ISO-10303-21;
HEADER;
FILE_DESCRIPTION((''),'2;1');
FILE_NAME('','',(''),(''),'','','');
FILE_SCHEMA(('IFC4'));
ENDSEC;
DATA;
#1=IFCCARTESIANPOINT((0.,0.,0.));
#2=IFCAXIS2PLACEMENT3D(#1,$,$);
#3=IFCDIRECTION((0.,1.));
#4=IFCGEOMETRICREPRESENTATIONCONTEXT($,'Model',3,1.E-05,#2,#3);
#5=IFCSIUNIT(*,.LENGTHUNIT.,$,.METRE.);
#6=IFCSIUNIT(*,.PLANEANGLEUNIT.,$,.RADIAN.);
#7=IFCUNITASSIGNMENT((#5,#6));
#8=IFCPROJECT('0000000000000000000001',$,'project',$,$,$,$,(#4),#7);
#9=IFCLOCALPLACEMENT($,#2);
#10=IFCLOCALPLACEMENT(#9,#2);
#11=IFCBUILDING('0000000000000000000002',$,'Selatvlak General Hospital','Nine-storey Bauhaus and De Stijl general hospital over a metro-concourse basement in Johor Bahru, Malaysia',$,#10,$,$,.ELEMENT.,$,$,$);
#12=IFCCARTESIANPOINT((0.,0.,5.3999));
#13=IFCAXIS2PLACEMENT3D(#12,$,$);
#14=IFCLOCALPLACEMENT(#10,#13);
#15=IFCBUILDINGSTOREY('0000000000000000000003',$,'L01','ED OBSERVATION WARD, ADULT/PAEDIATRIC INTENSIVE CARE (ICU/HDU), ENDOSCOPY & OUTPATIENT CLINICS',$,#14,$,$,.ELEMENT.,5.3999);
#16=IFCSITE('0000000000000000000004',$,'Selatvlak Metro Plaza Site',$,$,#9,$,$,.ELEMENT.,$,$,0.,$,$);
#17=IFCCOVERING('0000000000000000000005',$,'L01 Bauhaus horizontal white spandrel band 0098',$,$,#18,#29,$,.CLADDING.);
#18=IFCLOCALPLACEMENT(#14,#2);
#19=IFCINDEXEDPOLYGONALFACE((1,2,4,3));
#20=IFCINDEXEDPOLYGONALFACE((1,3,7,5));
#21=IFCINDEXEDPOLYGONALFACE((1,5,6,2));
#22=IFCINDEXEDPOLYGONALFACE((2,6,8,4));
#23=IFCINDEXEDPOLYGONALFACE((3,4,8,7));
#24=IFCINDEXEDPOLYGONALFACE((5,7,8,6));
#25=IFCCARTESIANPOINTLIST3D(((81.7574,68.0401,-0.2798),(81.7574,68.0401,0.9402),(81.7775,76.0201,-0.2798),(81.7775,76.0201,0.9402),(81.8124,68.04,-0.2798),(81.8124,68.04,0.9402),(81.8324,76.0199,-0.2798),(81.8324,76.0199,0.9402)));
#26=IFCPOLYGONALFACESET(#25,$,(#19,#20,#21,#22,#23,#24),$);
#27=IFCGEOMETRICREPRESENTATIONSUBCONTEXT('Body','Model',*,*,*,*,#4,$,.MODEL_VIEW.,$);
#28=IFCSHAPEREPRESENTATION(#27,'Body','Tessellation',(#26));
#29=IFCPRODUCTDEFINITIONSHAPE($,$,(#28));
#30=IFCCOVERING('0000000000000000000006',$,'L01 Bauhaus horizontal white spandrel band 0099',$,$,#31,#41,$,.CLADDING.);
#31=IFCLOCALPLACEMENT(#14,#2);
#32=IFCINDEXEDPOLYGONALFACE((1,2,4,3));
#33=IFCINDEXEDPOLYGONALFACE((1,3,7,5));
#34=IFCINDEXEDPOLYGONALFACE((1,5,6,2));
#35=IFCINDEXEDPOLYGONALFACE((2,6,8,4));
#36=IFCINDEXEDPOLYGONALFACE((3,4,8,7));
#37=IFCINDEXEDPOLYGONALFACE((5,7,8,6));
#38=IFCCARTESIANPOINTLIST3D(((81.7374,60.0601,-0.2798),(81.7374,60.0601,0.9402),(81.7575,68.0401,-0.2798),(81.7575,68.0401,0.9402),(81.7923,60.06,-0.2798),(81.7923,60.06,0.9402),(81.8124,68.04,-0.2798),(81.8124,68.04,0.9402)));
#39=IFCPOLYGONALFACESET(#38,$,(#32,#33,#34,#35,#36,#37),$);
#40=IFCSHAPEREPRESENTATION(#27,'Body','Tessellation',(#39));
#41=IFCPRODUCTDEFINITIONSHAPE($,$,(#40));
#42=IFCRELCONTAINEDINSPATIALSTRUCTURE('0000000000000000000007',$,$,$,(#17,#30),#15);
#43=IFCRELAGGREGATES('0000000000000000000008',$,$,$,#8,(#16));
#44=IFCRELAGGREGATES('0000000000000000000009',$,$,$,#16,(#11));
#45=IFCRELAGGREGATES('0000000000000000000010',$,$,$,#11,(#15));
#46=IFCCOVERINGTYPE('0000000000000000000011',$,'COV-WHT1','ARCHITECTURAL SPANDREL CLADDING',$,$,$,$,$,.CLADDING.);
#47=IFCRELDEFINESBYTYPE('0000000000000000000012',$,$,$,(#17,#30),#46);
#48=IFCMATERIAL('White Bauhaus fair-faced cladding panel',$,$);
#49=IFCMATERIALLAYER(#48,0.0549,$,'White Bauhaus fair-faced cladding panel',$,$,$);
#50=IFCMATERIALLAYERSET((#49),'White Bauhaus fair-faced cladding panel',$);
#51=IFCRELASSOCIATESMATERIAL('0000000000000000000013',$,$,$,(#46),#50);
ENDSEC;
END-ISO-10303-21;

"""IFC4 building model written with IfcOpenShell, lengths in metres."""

from ifc_helpers import new_model, si_unit, direction, frame, origin, origin_2d, place, context, subcontext, project, spatial, rectangle, extrude, material, layer, layer_set, type_object, element, save


model = new_model("IFC4")

# Units and contexts
model_context = context("Model", 3, precision=1e-05, world=origin(), true_north=direction((0.0, 1.0)))
body_context = subcontext(model_context, "Body", "Model", "MODEL_VIEW")
ifc_project = project(units=[si_unit("LENGTHUNIT", "METRE"), si_unit("PLANEANGLEUNIT", "RADIAN")], contexts=[model_context])

# Site, building, storey
site_placement = place(None, origin())
site = spatial("IfcSite", under=ifc_project, at=site_placement, Name="Selatvlak Metro Plaza Site", CompositionType="ELEMENT", RefElevation=0.0)
building_placement = place(site_placement, origin())
building = spatial("IfcBuilding", under=site, at=building_placement, Name="Selatvlak General Hospital", Description="Nine-storey Bauhaus and De Stijl general hospital over a metro-concourse basement in Johor Bahru, Malaysia", CompositionType="ELEMENT")
storey_placement = place(building_placement, frame((0.0, 0.0, 5.3999)))
storey = spatial("IfcBuildingStorey", under=building, at=storey_placement, Name="L01", Description="ED OBSERVATION WARD, ADULT/PAEDIATRIC INTENSIVE CARE (ICU/HDU), ENDOSCOPY & OUTPATIENT CLINICS", CompositionType="ELEMENT", Elevation=5.3999)

# Coverings
ifc_material_1 = material(Name="White Bauhaus fair-faced cladding panel")
ifc_layer_1 = layer(ifc_material_1, 0.0549, Name="White Bauhaus fair-faced cladding panel")
ifc_layer_set_1 = layer_set([ifc_layer_1], Name="White Bauhaus fair-faced cladding panel")
covering_type = type_object("IfcCoveringType", Name="COV-WHT1", Description="ARCHITECTURAL SPANDREL CLADDING", PredefinedType="CLADDING", material=ifc_layer_set_1)
for number, where, z_axis, x_axis, name in (
    (1, (81.7949, 72.03, -0.2798), (0.0, 0.0, 1.0), (-0.002513, -0.999997, 0.0), "L01 Bauhaus horizontal white spandrel band 0098"),
    (2, (81.7749, 64.05, -0.2798), (0.0, 0.0, 1.0), (-0.002513, -0.999997, 0.0), "L01 Bauhaus horizontal white spandrel band 0099"),
):
    element("IfcCovering", number, at=place(storey_placement, frame(where, z_axis=z_axis, x_axis=x_axis)), inside=storey, type_object=covering_type, Name=name, PredefinedType="CLADDING", context=body_context, shape_type="SweptSolid", body=[
        extrude(rectangle(XDim=7.98, YDim=0.0549, at=origin_2d()), origin(), (0.0, 0.0, 1.0), 1.22),
    ])

save(model, "model.ifc")
